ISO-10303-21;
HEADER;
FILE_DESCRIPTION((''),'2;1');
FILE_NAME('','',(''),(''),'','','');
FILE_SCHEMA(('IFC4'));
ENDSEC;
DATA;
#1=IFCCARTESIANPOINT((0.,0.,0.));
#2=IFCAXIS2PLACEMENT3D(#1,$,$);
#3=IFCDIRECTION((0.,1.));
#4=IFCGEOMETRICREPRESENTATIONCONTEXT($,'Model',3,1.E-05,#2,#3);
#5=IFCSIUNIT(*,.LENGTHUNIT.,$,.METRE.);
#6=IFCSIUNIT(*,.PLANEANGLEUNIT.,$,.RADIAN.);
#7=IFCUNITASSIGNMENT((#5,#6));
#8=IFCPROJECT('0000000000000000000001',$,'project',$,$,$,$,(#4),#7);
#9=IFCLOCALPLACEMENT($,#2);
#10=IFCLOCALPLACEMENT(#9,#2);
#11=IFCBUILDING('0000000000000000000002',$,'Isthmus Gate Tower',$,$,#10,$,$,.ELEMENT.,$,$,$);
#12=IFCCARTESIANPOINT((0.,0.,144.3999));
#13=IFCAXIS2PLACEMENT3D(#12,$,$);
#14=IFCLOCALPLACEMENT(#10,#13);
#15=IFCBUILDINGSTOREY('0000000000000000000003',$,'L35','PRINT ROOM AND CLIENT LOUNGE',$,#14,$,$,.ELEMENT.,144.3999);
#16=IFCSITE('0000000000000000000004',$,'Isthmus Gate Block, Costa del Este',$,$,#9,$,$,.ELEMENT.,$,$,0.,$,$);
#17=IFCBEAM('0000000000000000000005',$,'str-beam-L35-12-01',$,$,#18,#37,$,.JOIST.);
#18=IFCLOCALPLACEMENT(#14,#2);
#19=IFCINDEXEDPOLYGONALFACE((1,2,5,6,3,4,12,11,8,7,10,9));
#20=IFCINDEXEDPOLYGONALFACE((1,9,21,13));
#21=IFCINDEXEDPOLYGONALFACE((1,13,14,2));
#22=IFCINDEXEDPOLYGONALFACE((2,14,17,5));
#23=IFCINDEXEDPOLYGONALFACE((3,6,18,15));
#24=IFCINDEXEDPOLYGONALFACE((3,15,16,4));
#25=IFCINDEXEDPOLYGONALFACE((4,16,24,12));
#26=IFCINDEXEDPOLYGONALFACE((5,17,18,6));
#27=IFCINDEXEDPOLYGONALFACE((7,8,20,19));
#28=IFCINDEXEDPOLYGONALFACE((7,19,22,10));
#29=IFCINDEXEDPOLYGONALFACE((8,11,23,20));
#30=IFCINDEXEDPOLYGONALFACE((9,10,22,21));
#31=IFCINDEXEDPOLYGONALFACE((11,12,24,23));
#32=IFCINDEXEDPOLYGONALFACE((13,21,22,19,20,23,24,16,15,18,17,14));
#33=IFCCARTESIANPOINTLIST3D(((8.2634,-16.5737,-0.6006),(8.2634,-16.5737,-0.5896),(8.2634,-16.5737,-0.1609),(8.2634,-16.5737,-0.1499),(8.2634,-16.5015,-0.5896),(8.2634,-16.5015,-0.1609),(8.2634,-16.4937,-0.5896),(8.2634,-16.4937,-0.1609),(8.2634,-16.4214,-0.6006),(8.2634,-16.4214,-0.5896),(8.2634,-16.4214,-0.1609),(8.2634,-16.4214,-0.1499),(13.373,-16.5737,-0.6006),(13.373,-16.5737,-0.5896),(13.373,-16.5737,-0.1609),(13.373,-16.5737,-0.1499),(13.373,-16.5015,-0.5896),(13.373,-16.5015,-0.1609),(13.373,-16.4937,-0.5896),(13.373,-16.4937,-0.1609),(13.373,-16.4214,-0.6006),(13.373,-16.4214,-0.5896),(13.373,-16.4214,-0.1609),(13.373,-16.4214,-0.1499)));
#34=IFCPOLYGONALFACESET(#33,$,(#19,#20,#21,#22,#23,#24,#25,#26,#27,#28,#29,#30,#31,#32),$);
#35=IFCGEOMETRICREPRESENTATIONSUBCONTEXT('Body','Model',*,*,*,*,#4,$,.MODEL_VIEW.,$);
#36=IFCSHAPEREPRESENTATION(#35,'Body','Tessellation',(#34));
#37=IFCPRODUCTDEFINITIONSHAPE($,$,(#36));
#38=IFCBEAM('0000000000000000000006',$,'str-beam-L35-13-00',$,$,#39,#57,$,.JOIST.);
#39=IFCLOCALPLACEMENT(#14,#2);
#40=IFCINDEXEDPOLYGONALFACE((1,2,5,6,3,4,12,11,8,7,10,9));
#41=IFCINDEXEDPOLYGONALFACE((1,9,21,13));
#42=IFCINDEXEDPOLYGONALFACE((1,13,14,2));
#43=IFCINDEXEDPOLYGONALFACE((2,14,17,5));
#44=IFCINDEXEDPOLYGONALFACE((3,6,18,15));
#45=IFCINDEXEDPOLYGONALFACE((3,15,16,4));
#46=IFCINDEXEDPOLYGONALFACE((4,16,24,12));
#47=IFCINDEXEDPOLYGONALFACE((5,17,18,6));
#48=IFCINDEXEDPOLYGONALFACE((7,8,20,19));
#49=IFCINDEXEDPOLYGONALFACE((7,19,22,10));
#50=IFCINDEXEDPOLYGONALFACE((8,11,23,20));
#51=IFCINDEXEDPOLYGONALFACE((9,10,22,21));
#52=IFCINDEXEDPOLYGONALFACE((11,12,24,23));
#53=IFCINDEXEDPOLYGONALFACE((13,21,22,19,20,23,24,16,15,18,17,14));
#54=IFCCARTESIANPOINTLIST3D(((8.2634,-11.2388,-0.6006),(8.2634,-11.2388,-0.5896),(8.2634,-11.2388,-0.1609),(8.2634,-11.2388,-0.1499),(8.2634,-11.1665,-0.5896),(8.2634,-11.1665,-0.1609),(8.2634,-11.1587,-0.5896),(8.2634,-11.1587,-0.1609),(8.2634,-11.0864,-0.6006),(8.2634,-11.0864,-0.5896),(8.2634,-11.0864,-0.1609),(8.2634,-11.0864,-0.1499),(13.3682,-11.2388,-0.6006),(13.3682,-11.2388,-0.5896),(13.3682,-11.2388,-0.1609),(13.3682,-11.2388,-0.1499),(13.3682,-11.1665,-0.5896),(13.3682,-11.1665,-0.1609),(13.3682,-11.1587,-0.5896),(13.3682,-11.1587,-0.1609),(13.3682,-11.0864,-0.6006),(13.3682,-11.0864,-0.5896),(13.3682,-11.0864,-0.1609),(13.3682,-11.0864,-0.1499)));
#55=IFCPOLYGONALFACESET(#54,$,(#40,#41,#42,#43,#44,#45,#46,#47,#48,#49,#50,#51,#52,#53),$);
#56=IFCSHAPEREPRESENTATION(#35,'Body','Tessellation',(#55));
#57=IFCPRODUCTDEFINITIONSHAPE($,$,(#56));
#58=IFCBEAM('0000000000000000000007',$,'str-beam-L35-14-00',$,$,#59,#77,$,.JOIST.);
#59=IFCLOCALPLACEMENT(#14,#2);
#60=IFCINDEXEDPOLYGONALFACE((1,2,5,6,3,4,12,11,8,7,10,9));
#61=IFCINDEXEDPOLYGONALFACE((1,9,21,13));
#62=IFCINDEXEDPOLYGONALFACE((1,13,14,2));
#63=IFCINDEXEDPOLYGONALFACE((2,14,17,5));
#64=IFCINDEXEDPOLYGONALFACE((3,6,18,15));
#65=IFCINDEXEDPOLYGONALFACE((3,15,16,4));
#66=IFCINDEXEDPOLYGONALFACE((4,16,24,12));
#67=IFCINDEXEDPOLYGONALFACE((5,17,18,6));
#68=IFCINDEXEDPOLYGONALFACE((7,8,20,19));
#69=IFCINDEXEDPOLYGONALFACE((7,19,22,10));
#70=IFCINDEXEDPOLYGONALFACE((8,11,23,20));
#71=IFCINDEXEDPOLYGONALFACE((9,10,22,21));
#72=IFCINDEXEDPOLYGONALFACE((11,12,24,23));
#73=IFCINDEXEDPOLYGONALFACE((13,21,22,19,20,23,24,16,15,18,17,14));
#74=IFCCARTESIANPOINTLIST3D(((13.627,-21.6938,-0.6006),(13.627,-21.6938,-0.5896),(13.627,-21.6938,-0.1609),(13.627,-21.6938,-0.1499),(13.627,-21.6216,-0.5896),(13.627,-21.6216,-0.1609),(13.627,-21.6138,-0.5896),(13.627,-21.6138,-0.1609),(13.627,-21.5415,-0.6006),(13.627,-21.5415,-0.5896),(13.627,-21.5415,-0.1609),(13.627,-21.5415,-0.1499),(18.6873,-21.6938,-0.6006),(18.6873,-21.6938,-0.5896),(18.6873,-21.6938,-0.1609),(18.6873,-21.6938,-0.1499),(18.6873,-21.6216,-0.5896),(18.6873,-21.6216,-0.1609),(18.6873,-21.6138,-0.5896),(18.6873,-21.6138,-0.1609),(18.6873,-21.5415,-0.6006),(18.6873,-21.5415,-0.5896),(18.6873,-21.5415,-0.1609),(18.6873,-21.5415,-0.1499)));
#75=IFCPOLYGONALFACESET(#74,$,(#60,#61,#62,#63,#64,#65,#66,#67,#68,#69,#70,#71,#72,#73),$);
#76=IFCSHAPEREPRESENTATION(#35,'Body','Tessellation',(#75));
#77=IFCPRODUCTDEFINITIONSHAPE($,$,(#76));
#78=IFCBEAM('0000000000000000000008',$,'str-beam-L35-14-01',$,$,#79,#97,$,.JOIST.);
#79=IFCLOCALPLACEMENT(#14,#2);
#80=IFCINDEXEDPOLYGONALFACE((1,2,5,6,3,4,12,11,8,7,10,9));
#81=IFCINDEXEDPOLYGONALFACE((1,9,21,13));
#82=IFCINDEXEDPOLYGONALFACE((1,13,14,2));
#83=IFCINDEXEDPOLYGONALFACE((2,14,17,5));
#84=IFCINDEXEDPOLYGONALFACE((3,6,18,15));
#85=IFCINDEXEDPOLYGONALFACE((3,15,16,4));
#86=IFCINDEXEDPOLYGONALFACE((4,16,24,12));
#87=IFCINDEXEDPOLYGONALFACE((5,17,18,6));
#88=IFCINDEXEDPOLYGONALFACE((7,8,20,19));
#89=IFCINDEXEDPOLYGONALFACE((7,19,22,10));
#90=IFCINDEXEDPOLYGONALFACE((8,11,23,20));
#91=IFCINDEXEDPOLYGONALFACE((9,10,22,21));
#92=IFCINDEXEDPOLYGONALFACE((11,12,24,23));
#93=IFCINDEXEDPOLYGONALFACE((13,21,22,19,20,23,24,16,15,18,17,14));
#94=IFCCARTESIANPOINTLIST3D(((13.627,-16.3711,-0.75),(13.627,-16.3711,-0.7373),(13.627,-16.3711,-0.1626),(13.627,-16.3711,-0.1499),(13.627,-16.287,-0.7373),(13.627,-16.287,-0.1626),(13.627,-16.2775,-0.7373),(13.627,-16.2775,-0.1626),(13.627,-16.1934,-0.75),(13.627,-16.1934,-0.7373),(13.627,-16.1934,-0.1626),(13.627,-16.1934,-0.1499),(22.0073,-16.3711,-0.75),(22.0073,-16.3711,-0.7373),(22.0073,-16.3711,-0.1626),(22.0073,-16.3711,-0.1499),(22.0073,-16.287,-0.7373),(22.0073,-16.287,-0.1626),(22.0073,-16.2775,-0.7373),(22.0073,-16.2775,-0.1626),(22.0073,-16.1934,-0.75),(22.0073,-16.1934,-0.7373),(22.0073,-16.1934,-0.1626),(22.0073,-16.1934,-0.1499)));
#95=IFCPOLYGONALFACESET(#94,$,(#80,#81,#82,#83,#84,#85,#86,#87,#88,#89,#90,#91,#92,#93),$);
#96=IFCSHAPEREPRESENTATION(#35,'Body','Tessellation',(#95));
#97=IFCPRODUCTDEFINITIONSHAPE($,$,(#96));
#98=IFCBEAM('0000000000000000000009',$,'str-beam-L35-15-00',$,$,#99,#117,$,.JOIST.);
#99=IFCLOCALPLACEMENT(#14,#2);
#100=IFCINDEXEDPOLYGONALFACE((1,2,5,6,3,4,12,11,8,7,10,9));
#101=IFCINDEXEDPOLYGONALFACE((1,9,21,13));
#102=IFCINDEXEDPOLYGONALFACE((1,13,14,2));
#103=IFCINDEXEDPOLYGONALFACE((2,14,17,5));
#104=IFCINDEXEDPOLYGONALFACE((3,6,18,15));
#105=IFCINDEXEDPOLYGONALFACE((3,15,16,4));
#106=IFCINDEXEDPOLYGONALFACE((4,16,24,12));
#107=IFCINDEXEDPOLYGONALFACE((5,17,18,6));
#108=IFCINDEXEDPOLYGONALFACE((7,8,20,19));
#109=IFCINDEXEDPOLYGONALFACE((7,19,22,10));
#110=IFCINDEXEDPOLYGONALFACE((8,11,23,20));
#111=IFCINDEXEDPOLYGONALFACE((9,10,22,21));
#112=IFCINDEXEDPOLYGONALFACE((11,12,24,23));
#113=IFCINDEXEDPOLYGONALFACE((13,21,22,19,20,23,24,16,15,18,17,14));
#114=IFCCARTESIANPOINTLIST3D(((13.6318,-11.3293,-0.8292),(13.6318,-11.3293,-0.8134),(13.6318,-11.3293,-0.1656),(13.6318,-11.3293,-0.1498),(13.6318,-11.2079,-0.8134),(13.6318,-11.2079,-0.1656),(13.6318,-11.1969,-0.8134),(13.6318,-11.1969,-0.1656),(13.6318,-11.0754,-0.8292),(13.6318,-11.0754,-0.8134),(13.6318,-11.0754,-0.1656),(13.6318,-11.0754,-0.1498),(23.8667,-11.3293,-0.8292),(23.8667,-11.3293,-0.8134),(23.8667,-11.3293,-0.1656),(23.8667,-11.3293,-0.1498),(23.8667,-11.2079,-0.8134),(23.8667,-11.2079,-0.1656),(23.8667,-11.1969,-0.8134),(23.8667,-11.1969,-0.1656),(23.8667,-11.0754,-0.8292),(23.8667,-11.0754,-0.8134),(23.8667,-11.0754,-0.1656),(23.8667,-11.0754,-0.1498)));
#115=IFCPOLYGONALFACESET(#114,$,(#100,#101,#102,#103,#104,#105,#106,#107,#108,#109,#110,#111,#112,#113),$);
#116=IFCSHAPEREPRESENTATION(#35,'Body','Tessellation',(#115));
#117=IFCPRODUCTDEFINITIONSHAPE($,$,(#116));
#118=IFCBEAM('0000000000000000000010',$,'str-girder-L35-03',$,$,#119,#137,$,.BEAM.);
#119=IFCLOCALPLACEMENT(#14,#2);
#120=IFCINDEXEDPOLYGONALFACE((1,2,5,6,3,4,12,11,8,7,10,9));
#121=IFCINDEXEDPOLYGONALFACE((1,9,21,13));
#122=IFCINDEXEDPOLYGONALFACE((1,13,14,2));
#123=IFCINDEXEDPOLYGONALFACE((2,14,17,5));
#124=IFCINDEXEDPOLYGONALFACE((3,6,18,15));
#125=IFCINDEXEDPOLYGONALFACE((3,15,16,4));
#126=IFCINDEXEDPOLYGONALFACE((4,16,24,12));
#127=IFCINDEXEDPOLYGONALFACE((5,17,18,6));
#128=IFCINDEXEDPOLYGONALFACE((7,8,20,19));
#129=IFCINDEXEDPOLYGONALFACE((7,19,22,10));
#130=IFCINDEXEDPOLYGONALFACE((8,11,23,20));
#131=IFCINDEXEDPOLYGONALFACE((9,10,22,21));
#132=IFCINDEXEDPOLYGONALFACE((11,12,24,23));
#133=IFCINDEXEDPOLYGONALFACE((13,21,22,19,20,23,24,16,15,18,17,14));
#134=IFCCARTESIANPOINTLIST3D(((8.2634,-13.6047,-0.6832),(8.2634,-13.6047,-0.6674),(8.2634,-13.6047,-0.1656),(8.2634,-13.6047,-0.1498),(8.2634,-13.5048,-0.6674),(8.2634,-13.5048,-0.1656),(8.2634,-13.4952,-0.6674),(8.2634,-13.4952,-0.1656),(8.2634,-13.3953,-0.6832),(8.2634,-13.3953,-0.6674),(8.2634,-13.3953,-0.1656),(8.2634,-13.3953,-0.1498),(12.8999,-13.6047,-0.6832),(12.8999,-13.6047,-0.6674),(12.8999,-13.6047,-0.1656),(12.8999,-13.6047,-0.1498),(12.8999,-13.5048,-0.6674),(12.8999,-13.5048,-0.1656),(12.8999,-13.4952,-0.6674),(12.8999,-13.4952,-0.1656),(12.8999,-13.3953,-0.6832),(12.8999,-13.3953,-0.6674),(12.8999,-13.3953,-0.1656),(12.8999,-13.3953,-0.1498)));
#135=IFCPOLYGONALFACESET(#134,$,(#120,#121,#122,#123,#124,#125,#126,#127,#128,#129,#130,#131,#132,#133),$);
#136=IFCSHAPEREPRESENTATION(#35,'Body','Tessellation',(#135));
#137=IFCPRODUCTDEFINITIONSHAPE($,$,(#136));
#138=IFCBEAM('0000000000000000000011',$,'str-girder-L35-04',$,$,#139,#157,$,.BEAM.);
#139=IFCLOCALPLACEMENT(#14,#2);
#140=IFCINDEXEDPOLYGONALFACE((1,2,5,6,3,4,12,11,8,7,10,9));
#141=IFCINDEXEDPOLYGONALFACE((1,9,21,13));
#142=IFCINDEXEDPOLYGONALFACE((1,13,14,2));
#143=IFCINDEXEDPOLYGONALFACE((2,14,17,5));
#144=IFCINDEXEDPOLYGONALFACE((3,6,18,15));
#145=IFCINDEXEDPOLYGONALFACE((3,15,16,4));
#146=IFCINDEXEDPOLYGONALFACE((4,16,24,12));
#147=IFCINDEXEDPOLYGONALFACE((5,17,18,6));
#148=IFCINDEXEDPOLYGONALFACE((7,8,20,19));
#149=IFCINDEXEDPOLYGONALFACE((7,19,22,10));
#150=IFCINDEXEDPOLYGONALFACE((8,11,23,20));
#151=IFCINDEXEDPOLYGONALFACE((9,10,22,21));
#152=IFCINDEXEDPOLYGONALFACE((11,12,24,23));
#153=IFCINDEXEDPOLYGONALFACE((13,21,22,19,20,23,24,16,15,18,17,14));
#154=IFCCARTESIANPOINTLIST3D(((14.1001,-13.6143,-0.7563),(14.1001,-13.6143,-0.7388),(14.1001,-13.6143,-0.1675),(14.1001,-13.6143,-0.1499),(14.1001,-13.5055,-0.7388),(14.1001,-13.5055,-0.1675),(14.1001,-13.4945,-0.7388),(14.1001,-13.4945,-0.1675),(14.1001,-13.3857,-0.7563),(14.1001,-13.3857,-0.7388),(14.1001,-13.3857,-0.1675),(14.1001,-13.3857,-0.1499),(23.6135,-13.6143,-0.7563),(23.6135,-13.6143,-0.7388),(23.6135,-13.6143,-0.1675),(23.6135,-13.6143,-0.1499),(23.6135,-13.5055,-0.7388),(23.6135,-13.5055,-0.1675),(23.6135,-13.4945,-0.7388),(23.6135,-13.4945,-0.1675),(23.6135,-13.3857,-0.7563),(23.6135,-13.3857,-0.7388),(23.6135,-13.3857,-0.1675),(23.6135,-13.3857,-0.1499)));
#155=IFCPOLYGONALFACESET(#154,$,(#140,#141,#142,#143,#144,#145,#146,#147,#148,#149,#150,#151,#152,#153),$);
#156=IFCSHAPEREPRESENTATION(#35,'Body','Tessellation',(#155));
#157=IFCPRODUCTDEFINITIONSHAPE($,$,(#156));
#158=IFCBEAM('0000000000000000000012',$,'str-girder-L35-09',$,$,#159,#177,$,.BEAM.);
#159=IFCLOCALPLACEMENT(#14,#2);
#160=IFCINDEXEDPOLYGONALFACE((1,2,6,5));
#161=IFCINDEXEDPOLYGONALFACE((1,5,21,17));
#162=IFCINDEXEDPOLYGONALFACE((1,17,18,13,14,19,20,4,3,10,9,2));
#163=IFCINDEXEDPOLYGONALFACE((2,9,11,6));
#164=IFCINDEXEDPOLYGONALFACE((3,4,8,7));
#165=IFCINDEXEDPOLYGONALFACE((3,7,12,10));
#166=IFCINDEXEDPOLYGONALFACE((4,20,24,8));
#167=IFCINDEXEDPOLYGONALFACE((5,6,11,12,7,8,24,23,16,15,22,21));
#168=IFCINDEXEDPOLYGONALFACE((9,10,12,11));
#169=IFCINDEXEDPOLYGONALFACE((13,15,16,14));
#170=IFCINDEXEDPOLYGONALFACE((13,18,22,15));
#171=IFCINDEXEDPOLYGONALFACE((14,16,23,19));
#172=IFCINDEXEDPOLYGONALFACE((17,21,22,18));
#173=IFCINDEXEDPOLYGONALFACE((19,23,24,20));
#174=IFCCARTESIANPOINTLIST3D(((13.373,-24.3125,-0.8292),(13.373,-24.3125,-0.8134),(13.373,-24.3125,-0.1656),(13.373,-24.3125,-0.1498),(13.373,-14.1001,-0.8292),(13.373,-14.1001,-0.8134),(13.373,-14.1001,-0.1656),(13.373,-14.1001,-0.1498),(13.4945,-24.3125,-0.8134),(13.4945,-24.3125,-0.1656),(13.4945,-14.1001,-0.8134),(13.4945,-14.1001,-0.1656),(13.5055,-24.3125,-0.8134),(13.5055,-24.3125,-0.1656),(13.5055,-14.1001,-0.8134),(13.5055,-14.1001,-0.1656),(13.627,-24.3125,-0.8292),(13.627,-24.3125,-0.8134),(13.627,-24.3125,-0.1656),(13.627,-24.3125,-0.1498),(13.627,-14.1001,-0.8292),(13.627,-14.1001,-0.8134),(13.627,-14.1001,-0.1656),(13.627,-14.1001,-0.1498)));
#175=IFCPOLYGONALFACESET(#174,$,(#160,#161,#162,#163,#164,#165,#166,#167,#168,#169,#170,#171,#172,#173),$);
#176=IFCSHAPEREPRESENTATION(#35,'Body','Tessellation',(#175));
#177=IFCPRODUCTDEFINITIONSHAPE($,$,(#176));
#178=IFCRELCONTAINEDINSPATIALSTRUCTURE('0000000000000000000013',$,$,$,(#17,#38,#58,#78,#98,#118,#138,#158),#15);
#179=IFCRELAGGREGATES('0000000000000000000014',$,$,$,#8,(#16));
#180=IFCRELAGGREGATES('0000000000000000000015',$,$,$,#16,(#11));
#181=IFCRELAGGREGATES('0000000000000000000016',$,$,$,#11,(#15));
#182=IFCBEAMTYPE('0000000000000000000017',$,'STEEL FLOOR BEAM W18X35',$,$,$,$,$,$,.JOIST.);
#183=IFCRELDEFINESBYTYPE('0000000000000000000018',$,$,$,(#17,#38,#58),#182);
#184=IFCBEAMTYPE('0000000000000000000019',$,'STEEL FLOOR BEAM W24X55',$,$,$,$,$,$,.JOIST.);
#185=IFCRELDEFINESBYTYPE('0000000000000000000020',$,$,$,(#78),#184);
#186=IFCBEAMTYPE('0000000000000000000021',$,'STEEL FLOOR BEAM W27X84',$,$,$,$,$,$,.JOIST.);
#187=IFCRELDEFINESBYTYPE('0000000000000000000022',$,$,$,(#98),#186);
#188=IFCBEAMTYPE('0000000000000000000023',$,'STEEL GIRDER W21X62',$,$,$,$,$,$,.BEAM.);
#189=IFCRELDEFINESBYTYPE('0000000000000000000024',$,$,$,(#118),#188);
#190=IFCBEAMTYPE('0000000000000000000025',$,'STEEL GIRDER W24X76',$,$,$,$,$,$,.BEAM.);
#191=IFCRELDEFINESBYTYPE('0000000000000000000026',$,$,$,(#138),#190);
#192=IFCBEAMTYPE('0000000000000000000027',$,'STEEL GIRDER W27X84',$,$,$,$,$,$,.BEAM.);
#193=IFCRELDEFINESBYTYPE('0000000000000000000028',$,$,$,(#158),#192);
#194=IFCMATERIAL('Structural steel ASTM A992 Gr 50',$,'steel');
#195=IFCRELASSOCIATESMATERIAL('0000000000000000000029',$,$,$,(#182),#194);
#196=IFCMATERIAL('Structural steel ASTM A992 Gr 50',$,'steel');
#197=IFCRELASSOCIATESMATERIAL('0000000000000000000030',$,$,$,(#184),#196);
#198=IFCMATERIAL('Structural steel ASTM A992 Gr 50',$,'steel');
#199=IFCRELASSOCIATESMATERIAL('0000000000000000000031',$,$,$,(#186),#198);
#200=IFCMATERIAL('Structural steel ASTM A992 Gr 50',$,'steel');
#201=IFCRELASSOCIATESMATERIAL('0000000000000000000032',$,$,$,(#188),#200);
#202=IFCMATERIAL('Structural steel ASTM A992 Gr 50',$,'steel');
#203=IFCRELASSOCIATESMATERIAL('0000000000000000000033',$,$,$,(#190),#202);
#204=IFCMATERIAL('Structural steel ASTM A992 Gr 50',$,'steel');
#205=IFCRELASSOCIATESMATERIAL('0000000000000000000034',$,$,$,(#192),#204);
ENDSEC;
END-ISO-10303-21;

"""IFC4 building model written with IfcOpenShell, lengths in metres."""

from ifc_helpers import new_model, si_unit, direction, frame, origin, origin_2d, place, context, subcontext, project, spatial, i_section, extrude, material, material_profile, profile_set, type_object, element, save


model = new_model("IFC4")

# Units and contexts
model_context = context("Model", 3, precision=1e-05, world=origin(), true_north=direction((0.0, 1.0)))
body_context = subcontext(model_context, "Body", "Model", "MODEL_VIEW")
ifc_project = project(units=[si_unit("LENGTHUNIT", "METRE"), si_unit("PLANEANGLEUNIT", "RADIAN")], contexts=[model_context])

# Site, building, storey
site_placement = place(None, origin())
site = spatial("IfcSite", under=ifc_project, at=site_placement, Name="Isthmus Gate Block, Costa del Este", CompositionType="ELEMENT", RefElevation=0.0)
building_placement = place(site_placement, origin())
building = spatial("IfcBuilding", under=site, at=building_placement, Name="Isthmus Gate Tower", CompositionType="ELEMENT")
storey_placement = place(building_placement, frame((0.0, 0.0, 144.3999)))
storey = spatial("IfcBuildingStorey", under=building, at=storey_placement, Name="L35", Description="PRINT ROOM AND CLIENT LOUNGE", CompositionType="ELEMENT", Elevation=144.3999)

# Beams
ifc_material_1 = material(Name="Structural steel ASTM A992 Gr 50", Category="steel")
ifc_material_profile_1 = material_profile(ifc_material_1, i_section(OverallWidth=0.1523, OverallDepth=0.4507, WebThickness=0.0078, FlangeThickness=0.011, at=origin_2d()), Name="W18X35")
ifc_profile_set_1 = profile_set([ifc_material_profile_1], Name="Structural steel ASTM A992 Gr 50")
beam_type_1 = type_object("IfcBeamType", Name="STEEL FLOOR BEAM W18X35", PredefinedType="JOIST", material=ifc_profile_set_1)
for number, where, z_axis, x_axis, name in (
    (1, (8.2634, -16.4976, -0.3752), (1.0, 0.0, 0.0), (0.0, 1.0, 0.0), "str-beam-L35-12-01"),
):
    element("IfcBeam", number, at=place(storey_placement, frame(where, z_axis=z_axis, x_axis=x_axis)), inside=storey, type_object=beam_type_1, Name=name, PredefinedType="JOIST", context=body_context, shape_type="SweptSolid", body=[
        extrude(i_section(OverallWidth=0.1523, OverallDepth=0.4507, WebThickness=0.0078, FlangeThickness=0.011, at=origin_2d()), origin(), (0.0, 0.0, 1.0), 5.1096),
    ])
beam_1_placement = place(storey_placement, frame((8.2634, -11.1626, -0.3752), z_axis=(1.0, 0.0, 0.0), x_axis=(0.0, 1.0, 0.0)))
element("IfcBeam", 2, at=beam_1_placement, inside=storey, type_object=beam_type_1, Name="str-beam-L35-13-00", PredefinedType="JOIST", context=body_context, shape_type="SweptSolid", body=[
    extrude(i_section(OverallWidth=0.1523, OverallDepth=0.4507, WebThickness=0.0078, FlangeThickness=0.011, at=origin_2d()), origin(), (0.0, 0.0, 1.0), 5.1047),
])
beam_2_placement = place(storey_placement, frame((13.627, -21.6177, -0.3752), z_axis=(1.0, 0.0, 0.0), x_axis=(0.0, 1.0, 0.0)))
element("IfcBeam", 3, at=beam_2_placement, inside=storey, type_object=beam_type_1, Name="str-beam-L35-14-00", PredefinedType="JOIST", context=body_context, shape_type="SweptSolid", body=[
    extrude(i_section(OverallWidth=0.1523, OverallDepth=0.4507, WebThickness=0.0078, FlangeThickness=0.011, at=origin_2d()), origin(), (0.0, 0.0, 1.0), 5.0603),
])
ifc_material_2 = material(Name="Structural steel ASTM A992 Gr 50", Category="steel")
ifc_material_profile_2 = material_profile(ifc_material_2, i_section(OverallWidth=0.1777, OverallDepth=0.6001, WebThickness=0.0095, FlangeThickness=0.0127, at=origin_2d()), Name="W24X55")
ifc_profile_set_2 = profile_set([ifc_material_profile_2], Name="Structural steel ASTM A992 Gr 50")
beam_type_2 = type_object("IfcBeamType", Name="STEEL FLOOR BEAM W24X55", PredefinedType="JOIST", material=ifc_profile_set_2)
beam_3_placement = place(storey_placement, frame((13.627, -16.2822, -0.45), z_axis=(1.0, 0.0, 0.0), x_axis=(0.0, 1.0, 0.0)))
element("IfcBeam", 4, at=beam_3_placement, inside=storey, type_object=beam_type_2, Name="str-beam-L35-14-01", PredefinedType="JOIST", context=body_context, shape_type="SweptSolid", body=[
    extrude(i_section(OverallWidth=0.1777, OverallDepth=0.6001, WebThickness=0.0095, FlangeThickness=0.0127, at=origin_2d()), origin(), (0.0, 0.0, 1.0), 8.3804),
])
ifc_material_3 = material(Name="Structural steel ASTM A992 Gr 50", Category="steel")
ifc_material_profile_3 = material_profile(ifc_material_3, i_section(OverallWidth=0.2539, OverallDepth=0.6794, WebThickness=0.011, FlangeThickness=0.0159, at=origin_2d()), Name="W27X84")
ifc_profile_set_3 = profile_set([ifc_material_profile_3], Name="Structural steel ASTM A992 Gr 50")
beam_type_3 = type_object("IfcBeamType", Name="STEEL FLOOR BEAM W27X84", PredefinedType="JOIST", material=ifc_profile_set_3)
beam_4_placement = place(storey_placement, frame((13.6318, -11.2024, -0.4895), z_axis=(1.0, 0.0, 0.0), x_axis=(0.0, 1.0, 0.0)))
element("IfcBeam", 5, at=beam_4_placement, inside=storey, type_object=beam_type_3, Name="str-beam-L35-15-00", PredefinedType="JOIST", context=body_context, shape_type="SweptSolid", body=[
    extrude(i_section(OverallWidth=0.2539, OverallDepth=0.6794, WebThickness=0.011, FlangeThickness=0.0159, at=origin_2d()), origin(), (0.0, 0.0, 1.0), 10.2349),
])
ifc_material_4 = material(Name="Structural steel ASTM A992 Gr 50", Category="steel")
ifc_material_profile_4 = material_profile(ifc_material_4, i_section(OverallWidth=0.2095, OverallDepth=0.5334, WebThickness=0.0095, FlangeThickness=0.0159, at=origin_2d()), Name="W21X62")
ifc_profile_set_4 = profile_set([ifc_material_profile_4], Name="Structural steel ASTM A992 Gr 50")
beam_type_4 = type_object("IfcBeamType", Name="STEEL GIRDER W21X62", PredefinedType="BEAM", material=ifc_profile_set_4)
beam_5_placement = place(storey_placement, frame((8.2634, -13.5, -0.4165), z_axis=(1.0, 0.0, 0.0), x_axis=(0.0, 1.0, 0.0)))
element("IfcBeam", 6, at=beam_5_placement, inside=storey, type_object=beam_type_4, Name="str-girder-L35-03", PredefinedType="BEAM", context=body_context, shape_type="SweptSolid", body=[
    extrude(i_section(OverallWidth=0.2095, OverallDepth=0.5334, WebThickness=0.0095, FlangeThickness=0.0159, at=origin_2d()), origin(), (0.0, 0.0, 1.0), 4.6365),
])
ifc_material_5 = material(Name="Structural steel ASTM A992 Gr 50", Category="steel")
ifc_material_profile_5 = material_profile(ifc_material_5, i_section(OverallWidth=0.2285, OverallDepth=0.6064, WebThickness=0.011, FlangeThickness=0.0176, at=origin_2d()), Name="W24X76")
ifc_profile_set_5 = profile_set([ifc_material_profile_5], Name="Structural steel ASTM A992 Gr 50")
beam_type_5 = type_object("IfcBeamType", Name="STEEL GIRDER W24X76", PredefinedType="BEAM", material=ifc_profile_set_5)
beam_6_placement = place(storey_placement, frame((14.1001, -13.5, -0.4531), z_axis=(1.0, 0.0, 0.0), x_axis=(0.0, 1.0, 0.0)))
element("IfcBeam", 7, at=beam_6_placement, inside=storey, type_object=beam_type_5, Name="str-girder-L35-04", PredefinedType="BEAM", context=body_context, shape_type="SweptSolid", body=[
    extrude(i_section(OverallWidth=0.2285, OverallDepth=0.6064, WebThickness=0.011, FlangeThickness=0.0176, at=origin_2d()), origin(), (0.0, 0.0, 1.0), 9.5134),
])
ifc_material_6 = material(Name="Structural steel ASTM A992 Gr 50", Category="steel")
ifc_material_profile_6 = material_profile(ifc_material_6, i_section(OverallWidth=0.2539, OverallDepth=0.6794, WebThickness=0.011, FlangeThickness=0.0159, at=origin_2d()), Name="W27X84")
ifc_profile_set_6 = profile_set([ifc_material_profile_6], Name="Structural steel ASTM A992 Gr 50")
beam_type_6 = type_object("IfcBeamType", Name="STEEL GIRDER W27X84", PredefinedType="BEAM", material=ifc_profile_set_6)
beam_7_placement = place(storey_placement, frame((13.5, -24.3125, -0.4895), z_axis=(0.0, 1.0, 0.0), x_axis=(-1.0, 0.0, 0.0)))
element("IfcBeam", 8, at=beam_7_placement, inside=storey, type_object=beam_type_6, Name="str-girder-L35-09", PredefinedType="BEAM", context=body_context, shape_type="SweptSolid", body=[
    extrude(i_section(OverallWidth=0.2539, OverallDepth=0.6794, WebThickness=0.011, FlangeThickness=0.0159, at=origin_2d()), origin(), (0.0, 0.0, 1.0), 10.2124),
])

save(model, "model.ifc")
